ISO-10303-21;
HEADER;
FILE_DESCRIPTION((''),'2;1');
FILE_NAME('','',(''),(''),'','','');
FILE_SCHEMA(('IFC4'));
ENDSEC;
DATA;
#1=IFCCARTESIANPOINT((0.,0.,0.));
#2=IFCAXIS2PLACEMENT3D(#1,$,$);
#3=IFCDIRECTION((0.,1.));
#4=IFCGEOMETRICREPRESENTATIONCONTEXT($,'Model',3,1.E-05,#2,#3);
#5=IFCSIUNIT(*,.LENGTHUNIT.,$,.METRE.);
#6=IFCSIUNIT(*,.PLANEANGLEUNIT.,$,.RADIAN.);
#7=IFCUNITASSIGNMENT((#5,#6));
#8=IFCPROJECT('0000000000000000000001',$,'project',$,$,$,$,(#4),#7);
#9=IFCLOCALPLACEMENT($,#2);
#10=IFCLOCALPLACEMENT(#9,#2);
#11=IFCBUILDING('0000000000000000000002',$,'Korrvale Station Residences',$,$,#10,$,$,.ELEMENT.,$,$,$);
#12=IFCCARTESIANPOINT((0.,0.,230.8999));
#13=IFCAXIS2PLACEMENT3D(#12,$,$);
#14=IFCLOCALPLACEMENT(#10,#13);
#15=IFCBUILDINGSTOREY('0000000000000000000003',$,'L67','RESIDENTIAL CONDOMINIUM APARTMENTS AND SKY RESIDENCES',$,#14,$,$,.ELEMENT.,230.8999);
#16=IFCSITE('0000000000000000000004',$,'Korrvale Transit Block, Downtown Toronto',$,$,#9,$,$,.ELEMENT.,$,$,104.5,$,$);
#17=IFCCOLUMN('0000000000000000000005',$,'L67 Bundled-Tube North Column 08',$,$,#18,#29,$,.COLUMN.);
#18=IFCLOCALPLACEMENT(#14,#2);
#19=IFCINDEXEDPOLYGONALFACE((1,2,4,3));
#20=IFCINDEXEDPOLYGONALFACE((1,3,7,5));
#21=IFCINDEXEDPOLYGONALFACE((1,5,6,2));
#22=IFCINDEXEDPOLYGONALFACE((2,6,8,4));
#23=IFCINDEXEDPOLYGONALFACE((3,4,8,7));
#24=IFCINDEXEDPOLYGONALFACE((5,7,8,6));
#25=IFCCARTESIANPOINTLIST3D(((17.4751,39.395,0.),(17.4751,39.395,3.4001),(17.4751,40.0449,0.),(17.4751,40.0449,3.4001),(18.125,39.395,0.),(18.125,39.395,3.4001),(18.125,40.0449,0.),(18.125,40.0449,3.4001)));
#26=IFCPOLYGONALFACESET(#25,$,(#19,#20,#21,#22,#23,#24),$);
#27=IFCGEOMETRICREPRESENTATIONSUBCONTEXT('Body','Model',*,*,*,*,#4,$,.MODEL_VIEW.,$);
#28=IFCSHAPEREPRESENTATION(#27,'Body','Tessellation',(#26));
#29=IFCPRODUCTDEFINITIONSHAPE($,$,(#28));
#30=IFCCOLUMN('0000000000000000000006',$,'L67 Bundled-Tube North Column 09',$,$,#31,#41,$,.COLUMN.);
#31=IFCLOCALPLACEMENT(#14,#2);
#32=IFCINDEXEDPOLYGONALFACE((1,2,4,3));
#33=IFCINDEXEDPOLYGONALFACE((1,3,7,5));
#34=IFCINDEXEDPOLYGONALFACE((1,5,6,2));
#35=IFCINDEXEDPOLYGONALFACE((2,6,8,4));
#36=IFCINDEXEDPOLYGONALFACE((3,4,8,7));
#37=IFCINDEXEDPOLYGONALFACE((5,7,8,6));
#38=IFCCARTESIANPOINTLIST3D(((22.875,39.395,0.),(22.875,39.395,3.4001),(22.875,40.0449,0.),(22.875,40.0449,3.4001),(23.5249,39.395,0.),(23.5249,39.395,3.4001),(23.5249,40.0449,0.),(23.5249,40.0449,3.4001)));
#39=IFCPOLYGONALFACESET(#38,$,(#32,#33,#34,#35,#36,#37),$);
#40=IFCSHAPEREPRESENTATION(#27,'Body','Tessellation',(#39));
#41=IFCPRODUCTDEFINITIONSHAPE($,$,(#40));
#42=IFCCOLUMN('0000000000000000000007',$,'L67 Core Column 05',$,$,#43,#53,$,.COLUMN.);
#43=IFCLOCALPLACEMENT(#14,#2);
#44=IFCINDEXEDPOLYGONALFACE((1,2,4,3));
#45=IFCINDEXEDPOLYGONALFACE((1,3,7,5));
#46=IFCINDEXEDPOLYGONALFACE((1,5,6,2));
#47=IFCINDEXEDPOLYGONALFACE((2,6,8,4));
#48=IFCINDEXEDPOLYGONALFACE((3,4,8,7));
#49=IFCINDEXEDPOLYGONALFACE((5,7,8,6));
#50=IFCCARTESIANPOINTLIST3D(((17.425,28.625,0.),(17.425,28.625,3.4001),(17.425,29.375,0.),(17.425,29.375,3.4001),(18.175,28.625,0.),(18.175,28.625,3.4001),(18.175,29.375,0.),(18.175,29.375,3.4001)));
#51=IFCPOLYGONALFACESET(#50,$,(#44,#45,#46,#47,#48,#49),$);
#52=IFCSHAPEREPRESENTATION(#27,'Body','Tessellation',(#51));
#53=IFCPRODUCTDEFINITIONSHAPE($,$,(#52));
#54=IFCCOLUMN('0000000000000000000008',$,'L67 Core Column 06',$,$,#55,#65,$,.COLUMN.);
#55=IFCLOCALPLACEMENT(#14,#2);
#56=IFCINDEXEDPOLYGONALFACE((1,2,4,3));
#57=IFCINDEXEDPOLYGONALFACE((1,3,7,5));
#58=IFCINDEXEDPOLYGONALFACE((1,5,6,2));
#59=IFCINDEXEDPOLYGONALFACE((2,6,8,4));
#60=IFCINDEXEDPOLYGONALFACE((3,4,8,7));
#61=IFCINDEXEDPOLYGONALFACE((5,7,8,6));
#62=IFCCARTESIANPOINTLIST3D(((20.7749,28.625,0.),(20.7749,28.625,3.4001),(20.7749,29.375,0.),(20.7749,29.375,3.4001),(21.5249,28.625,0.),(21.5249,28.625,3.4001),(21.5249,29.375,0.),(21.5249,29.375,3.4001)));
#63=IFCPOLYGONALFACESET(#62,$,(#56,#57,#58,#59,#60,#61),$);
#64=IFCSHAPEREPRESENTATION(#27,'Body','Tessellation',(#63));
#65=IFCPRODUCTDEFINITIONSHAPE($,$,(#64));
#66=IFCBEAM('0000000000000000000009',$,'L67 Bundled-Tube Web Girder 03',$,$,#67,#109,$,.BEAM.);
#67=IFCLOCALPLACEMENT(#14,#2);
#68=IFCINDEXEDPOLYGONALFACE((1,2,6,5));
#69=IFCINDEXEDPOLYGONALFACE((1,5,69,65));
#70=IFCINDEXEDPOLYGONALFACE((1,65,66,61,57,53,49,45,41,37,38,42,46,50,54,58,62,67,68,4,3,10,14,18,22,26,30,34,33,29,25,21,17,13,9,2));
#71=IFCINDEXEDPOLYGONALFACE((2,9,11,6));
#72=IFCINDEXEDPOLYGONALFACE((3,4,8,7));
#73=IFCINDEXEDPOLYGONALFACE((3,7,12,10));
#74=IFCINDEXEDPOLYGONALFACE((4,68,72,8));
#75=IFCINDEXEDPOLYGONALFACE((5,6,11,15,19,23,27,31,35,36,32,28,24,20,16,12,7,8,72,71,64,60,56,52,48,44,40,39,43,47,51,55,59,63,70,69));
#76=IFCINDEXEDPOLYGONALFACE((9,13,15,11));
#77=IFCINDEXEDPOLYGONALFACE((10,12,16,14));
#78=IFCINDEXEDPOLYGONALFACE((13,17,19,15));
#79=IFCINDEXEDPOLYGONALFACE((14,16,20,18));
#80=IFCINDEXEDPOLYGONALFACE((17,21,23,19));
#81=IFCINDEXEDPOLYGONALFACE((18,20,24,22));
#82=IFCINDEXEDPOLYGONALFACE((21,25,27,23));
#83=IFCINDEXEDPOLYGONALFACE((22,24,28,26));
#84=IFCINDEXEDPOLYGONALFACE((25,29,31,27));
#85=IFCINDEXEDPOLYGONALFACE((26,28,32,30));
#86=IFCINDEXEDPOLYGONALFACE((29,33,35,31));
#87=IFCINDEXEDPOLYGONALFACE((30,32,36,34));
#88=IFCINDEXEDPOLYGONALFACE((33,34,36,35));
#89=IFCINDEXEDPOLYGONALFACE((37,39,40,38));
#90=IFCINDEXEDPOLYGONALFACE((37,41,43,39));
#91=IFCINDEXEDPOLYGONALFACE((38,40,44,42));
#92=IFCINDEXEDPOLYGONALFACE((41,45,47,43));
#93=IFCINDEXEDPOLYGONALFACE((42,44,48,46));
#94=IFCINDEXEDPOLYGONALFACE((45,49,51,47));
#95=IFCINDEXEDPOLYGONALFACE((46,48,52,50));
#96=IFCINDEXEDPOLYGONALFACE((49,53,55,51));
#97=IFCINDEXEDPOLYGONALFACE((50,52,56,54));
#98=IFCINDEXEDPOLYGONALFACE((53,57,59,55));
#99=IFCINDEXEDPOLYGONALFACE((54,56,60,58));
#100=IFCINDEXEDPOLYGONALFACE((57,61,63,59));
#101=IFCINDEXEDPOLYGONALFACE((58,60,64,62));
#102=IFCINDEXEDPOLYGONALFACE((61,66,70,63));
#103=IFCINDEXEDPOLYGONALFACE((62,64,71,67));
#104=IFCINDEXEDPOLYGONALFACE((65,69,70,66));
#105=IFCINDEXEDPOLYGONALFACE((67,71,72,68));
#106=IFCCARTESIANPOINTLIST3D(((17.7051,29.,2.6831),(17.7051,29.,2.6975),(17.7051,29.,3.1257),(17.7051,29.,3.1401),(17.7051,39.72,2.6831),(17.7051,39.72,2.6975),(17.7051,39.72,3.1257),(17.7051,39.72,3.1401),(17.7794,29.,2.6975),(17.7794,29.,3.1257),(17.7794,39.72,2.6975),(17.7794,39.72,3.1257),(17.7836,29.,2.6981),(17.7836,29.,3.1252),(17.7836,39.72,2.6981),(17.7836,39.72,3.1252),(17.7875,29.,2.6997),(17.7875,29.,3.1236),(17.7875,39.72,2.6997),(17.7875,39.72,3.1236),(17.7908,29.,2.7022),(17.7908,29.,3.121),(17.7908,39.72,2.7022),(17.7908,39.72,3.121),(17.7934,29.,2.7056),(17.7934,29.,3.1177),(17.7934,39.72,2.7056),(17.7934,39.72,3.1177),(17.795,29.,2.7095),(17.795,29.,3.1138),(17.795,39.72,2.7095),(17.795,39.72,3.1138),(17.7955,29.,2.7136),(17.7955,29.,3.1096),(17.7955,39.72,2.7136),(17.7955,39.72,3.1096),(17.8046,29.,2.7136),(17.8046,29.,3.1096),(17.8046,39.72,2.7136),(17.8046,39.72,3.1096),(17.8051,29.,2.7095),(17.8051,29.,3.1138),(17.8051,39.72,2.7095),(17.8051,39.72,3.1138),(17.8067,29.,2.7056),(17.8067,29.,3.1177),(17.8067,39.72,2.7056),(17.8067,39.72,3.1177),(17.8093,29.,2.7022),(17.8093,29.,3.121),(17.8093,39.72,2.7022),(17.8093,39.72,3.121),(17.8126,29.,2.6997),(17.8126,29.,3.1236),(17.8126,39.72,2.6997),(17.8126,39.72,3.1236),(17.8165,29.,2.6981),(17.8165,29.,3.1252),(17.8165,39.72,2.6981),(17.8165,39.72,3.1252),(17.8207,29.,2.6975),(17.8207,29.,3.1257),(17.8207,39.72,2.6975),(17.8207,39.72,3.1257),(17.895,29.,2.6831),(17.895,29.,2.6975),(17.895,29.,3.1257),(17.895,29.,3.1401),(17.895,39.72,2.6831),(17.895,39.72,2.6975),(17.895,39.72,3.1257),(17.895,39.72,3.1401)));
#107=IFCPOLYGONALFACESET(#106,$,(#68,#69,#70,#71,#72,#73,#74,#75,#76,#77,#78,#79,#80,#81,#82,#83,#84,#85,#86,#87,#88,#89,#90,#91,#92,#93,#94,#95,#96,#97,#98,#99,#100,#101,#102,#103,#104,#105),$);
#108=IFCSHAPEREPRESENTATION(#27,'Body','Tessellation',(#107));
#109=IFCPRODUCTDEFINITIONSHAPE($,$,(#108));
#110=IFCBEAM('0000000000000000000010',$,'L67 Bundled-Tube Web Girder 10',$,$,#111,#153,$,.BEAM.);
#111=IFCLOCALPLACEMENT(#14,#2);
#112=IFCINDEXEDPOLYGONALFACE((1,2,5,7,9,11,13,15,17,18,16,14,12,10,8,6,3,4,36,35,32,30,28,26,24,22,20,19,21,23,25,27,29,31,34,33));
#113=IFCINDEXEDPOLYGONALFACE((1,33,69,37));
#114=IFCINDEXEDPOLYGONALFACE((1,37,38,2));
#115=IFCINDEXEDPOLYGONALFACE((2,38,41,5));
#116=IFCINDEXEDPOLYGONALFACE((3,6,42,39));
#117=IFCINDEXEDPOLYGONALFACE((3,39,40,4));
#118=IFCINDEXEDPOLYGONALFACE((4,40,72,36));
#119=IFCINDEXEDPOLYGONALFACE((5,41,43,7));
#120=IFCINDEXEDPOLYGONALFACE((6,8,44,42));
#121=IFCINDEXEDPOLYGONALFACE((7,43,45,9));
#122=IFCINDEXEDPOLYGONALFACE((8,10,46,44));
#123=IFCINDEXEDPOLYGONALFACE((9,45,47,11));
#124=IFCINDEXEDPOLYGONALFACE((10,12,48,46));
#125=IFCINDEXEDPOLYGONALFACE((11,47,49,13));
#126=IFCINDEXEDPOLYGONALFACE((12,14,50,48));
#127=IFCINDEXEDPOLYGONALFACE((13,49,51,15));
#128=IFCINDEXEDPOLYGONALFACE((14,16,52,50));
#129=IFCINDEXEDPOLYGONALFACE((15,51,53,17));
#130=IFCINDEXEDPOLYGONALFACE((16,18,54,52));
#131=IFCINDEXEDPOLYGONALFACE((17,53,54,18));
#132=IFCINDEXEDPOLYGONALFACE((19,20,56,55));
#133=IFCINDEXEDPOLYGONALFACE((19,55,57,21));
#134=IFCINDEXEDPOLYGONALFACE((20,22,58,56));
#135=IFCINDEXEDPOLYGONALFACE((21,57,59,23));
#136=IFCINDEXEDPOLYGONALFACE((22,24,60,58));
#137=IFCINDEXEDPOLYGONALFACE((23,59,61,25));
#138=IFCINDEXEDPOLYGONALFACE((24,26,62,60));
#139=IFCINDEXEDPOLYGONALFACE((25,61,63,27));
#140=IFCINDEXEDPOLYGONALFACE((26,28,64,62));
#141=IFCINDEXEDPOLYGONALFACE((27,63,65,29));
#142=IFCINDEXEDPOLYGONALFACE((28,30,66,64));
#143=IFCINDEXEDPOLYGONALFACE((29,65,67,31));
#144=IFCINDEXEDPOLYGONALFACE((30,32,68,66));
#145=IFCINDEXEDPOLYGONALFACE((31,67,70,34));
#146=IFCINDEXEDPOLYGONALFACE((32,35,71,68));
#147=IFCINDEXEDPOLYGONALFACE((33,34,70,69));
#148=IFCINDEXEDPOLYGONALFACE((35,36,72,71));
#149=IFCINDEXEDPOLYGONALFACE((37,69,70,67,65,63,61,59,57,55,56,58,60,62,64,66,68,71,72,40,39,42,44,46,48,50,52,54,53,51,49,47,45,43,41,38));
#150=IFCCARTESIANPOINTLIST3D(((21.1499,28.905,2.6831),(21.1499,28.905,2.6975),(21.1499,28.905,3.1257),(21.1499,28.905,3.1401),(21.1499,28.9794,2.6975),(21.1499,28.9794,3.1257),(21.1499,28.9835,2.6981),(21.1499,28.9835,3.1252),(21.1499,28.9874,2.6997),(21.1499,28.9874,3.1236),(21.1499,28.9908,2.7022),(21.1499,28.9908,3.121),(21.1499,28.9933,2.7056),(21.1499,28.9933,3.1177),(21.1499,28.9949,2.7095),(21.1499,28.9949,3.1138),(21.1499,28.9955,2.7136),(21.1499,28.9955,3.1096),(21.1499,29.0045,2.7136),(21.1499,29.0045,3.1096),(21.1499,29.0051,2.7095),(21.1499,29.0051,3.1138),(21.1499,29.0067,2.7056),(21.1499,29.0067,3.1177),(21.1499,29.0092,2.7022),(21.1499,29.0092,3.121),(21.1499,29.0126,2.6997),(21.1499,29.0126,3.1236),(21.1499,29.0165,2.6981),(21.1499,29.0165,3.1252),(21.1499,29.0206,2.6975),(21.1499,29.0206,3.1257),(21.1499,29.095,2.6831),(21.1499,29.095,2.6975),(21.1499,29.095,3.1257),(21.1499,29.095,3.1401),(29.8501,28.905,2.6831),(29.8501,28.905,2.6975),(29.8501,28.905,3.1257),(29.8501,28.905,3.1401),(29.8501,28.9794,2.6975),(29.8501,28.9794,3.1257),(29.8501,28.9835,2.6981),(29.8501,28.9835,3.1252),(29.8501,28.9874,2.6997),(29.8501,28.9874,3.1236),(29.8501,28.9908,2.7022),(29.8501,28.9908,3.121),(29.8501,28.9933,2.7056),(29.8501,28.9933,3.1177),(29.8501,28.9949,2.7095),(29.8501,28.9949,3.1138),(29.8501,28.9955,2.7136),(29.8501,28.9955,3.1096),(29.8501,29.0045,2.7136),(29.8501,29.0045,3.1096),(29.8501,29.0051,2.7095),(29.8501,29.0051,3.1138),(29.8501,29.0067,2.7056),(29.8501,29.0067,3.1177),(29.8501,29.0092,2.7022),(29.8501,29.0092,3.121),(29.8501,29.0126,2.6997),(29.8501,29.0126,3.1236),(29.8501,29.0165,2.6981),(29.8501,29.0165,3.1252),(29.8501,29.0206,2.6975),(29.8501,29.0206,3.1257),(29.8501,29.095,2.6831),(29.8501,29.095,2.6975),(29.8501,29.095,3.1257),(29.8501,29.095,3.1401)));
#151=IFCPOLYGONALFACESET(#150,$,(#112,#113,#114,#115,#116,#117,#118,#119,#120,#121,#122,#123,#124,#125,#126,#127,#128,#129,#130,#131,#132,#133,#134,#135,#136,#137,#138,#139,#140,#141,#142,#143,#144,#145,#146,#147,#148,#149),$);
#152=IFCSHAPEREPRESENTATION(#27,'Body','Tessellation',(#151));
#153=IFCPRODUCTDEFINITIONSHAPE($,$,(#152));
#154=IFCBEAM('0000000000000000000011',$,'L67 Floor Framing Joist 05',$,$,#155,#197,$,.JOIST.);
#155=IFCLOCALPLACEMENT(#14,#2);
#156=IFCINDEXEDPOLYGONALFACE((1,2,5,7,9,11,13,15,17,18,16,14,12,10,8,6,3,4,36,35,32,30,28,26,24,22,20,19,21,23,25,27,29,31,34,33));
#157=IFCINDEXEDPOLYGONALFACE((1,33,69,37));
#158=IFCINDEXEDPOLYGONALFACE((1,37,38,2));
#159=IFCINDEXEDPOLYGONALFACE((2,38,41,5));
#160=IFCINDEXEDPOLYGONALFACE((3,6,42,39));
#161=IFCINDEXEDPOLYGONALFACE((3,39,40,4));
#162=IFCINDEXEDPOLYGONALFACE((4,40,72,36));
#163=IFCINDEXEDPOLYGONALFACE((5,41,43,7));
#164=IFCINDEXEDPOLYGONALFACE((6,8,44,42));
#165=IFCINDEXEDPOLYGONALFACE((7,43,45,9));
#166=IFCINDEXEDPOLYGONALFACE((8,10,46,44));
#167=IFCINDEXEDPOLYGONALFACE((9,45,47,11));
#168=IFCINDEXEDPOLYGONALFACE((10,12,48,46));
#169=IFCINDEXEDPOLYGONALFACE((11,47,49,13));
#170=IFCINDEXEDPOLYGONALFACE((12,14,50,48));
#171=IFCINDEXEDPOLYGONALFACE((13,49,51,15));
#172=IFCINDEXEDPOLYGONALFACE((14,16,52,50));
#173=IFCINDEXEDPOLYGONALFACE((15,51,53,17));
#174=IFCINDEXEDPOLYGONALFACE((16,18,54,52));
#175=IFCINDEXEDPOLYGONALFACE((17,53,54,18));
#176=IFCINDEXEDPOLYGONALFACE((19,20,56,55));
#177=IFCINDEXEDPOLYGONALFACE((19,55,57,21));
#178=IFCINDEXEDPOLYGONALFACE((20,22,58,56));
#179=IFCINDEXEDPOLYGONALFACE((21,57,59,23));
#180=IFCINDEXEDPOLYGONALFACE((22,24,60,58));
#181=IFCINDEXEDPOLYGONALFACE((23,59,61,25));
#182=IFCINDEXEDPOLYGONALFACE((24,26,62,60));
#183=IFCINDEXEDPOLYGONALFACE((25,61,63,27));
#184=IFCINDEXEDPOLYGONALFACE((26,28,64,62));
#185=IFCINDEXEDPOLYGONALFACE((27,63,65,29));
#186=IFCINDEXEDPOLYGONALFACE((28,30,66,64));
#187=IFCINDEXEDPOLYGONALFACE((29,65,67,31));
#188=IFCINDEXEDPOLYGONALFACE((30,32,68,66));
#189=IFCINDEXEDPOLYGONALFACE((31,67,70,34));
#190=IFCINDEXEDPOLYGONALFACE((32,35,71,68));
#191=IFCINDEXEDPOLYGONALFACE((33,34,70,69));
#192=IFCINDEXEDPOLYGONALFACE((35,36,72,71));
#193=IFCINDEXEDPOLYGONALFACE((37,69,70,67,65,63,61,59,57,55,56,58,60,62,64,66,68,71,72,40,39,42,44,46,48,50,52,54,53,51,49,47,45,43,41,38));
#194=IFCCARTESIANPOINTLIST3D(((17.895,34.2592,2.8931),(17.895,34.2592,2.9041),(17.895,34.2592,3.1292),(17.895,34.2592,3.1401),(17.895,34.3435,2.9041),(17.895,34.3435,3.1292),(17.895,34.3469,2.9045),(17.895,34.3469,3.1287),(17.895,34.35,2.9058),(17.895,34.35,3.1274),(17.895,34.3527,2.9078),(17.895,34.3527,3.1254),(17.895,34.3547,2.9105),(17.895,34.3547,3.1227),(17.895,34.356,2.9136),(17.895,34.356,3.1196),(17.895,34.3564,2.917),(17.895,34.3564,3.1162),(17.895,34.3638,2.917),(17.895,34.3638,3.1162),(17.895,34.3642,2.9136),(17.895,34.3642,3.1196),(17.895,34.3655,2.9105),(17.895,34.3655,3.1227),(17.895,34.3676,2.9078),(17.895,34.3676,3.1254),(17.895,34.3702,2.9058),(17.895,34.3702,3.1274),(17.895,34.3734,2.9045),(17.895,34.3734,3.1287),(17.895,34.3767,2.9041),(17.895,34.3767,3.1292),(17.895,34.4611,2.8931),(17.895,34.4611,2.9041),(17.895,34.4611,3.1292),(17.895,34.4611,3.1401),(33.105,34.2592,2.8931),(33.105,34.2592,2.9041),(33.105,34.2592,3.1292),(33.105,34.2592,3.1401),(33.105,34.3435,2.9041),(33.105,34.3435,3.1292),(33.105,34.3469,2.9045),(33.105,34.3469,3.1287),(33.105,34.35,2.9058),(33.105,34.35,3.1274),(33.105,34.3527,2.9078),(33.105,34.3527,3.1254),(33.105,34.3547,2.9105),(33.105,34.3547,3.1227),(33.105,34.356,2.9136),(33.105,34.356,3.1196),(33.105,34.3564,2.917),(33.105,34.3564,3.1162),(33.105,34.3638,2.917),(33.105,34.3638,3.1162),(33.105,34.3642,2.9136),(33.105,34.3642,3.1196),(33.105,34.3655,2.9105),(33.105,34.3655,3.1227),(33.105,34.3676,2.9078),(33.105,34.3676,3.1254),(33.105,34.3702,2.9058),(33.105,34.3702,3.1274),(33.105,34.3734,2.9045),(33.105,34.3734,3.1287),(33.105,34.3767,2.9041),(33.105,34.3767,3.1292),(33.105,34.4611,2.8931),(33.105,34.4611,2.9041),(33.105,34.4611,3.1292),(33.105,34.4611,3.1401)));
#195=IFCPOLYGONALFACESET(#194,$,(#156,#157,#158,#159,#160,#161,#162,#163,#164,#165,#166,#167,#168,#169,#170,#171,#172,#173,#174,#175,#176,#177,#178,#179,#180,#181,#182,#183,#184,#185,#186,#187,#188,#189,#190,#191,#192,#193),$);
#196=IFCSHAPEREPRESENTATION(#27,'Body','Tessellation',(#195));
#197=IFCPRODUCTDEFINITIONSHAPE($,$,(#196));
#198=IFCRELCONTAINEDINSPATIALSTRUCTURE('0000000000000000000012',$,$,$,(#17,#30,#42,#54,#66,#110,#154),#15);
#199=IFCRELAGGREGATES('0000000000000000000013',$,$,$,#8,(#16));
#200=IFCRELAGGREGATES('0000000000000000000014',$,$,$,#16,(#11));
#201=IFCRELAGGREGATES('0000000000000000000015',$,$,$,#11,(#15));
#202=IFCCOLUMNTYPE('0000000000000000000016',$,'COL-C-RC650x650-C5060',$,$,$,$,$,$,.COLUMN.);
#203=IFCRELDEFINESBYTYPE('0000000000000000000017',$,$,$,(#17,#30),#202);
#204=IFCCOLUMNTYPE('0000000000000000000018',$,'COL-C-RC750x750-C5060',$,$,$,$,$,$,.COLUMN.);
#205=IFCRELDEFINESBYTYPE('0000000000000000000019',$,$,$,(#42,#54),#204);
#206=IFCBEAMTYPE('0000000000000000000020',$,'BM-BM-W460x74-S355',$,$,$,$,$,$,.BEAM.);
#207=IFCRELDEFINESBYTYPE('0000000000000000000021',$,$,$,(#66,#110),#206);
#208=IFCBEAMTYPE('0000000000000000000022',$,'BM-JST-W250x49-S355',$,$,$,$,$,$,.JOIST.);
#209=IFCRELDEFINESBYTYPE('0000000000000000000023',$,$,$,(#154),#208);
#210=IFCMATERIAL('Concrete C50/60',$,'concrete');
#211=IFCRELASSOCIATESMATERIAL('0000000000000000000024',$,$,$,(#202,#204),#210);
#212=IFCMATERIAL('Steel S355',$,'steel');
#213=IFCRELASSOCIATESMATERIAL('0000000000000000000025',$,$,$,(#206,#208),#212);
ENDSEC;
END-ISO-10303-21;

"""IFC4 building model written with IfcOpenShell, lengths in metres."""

from ifc_helpers import new_model, si_unit, direction, frame, origin, origin_2d, place, context, subcontext, project, spatial, rectangle, i_section, extrude, material, material_profile, profile_set, type_object, element, save


model = new_model("IFC4")

# Units and contexts
model_context = context("Model", 3, precision=1e-05, world=origin(), true_north=direction((0.0, 1.0)))
body_context = subcontext(model_context, "Body", "Model", "MODEL_VIEW")
ifc_project = project(units=[si_unit("LENGTHUNIT", "METRE"), si_unit("PLANEANGLEUNIT", "RADIAN")], contexts=[model_context])

# Site, building, storey
site_placement = place(None, origin())
site = spatial("IfcSite", under=ifc_project, at=site_placement, Name="Korrvale Transit Block, Downtown Toronto", CompositionType="ELEMENT", RefElevation=104.5)
building_placement = place(site_placement, origin())
building = spatial("IfcBuilding", under=site, at=building_placement, Name="Korrvale Station Residences", CompositionType="ELEMENT")
storey_placement = place(building_placement, frame((0.0, 0.0, 230.8999)))
storey = spatial("IfcBuildingStorey", under=building, at=storey_placement, Name="L67", Description="RESIDENTIAL CONDOMINIUM APARTMENTS AND SKY RESIDENCES", CompositionType="ELEMENT", Elevation=230.8999)

# Columns
ifc_material_1 = material(Name="Concrete C50/60", Category="concrete")
ifc_material_profile_1 = material_profile(ifc_material_1, rectangle(XDim=0.6499, YDim=0.6499, at=origin_2d()), Name="RC650x650")
ifc_profile_set_1 = profile_set([ifc_material_profile_1], Name="Concrete C50/60")
column_type_1 = type_object("IfcColumnType", Name="COL-C-RC650x650-C5060", PredefinedType="COLUMN", material=ifc_profile_set_1)
for number, where, z_axis, x_axis, name in (
    (1, (17.8, 39.72, 0.0), (0.0, 0.0, 1.0), (1.0, 0.0, 0.0), "L67 Bundled-Tube North Column 08"),
    (2, (23.2, 39.72, 0.0), (0.0, 0.0, 1.0), (1.0, 0.0, 0.0), "L67 Bundled-Tube North Column 09"),
):
    element("IfcColumn", number, at=place(storey_placement, frame(where, z_axis=z_axis, x_axis=x_axis)), inside=storey, type_object=column_type_1, Name=name, PredefinedType="COLUMN", context=body_context, shape_type="SweptSolid", body=[
        extrude(rectangle(XDim=0.6499, YDim=0.6499, at=origin_2d()), origin(), (0.0, 0.0, 1.0), 3.4001),
    ])
ifc_material_profile_2 = material_profile(ifc_material_1, rectangle(XDim=0.75, YDim=0.75, at=origin_2d()), Name="RC750x750")
ifc_profile_set_2 = profile_set([ifc_material_profile_2], Name="Concrete C50/60")
column_type_2 = type_object("IfcColumnType", Name="COL-C-RC750x750-C5060", PredefinedType="COLUMN", material=ifc_profile_set_2)
for number, where, z_axis, x_axis, name in (
    (3, (17.8, 29.0, 0.0), (0.0, 0.0, 1.0), (1.0, 0.0, 0.0), "L67 Core Column 05"),
    (4, (21.1499, 29.0, 0.0), (0.0, 0.0, 1.0), (1.0, 0.0, 0.0), "L67 Core Column 06"),
):
    element("IfcColumn", number, at=place(storey_placement, frame(where, z_axis=z_axis, x_axis=x_axis)), inside=storey, type_object=column_type_2, Name=name, PredefinedType="COLUMN", context=body_context, shape_type="SweptSolid", body=[
        extrude(rectangle(XDim=0.75, YDim=0.75, at=origin_2d()), origin(), (0.0, 0.0, 1.0), 3.4001),
    ])

# Beams
ifc_material_2 = material(Name="Steel S355", Category="steel")
ifc_material_profile_3 = material_profile(ifc_material_2, i_section(OverallWidth=0.1899, OverallDepth=0.457, WebThickness=0.009, FlangeThickness=0.0144, FilletRadius=0.0161, at=origin_2d()), Name="W460x74")
ifc_profile_set_3 = profile_set([ifc_material_profile_3], Name="Steel S355")
beam_type_1 = type_object("IfcBeamType", Name="BM-BM-W460x74-S355", PredefinedType="BEAM", material=ifc_profile_set_3)
beam_1_placement = place(storey_placement, frame((17.8, 29.0, 2.9116), z_axis=(0.0, 1.0, 0.0), x_axis=(-1.0, 0.0, 0.0)))
element("IfcBeam", 5, at=beam_1_placement, inside=storey, type_object=beam_type_1, Name="L67 Bundled-Tube Web Girder 03", PredefinedType="BEAM", context=body_context, shape_type="SweptSolid", body=[
    extrude(i_section(OverallWidth=0.1899, OverallDepth=0.457, WebThickness=0.009, FlangeThickness=0.0144, FilletRadius=0.0161, at=origin_2d()), origin(), (0.0, 0.0, 1.0), 10.72),
])
beam_2_placement = place(storey_placement, frame((21.1499, 29.0, 2.9116), z_axis=(1.0, 0.0, 0.0), x_axis=(0.0, 1.0, 0.0)))
element("IfcBeam", 6, at=beam_2_placement, inside=storey, type_object=beam_type_1, Name="L67 Bundled-Tube Web Girder 10", PredefinedType="BEAM", context=body_context, shape_type="SweptSolid", body=[
    extrude(i_section(OverallWidth=0.1899, OverallDepth=0.457, WebThickness=0.009, FlangeThickness=0.0144, FilletRadius=0.0161, at=origin_2d()), origin(), (0.0, 0.0, 1.0), 8.7002),
])
ifc_material_profile_4 = material_profile(ifc_material_2, i_section(OverallWidth=0.2019, OverallDepth=0.2471, WebThickness=0.0073, FlangeThickness=0.011, FilletRadius=0.0129, at=origin_2d()), Name="W250x49")
ifc_profile_set_4 = profile_set([ifc_material_profile_4], Name="Steel S355")
beam_type_2 = type_object("IfcBeamType", Name="BM-JST-W250x49-S355", PredefinedType="JOIST", material=ifc_profile_set_4)
beam_3_placement = place(storey_placement, frame((17.895, 34.3601, 3.0166), z_axis=(1.0, 0.0, 0.0), x_axis=(0.0, 1.0, 0.0)))
element("IfcBeam", 7, at=beam_3_placement, inside=storey, type_object=beam_type_2, Name="L67 Floor Framing Joist 05", PredefinedType="JOIST", context=body_context, shape_type="SweptSolid", body=[
    extrude(i_section(OverallWidth=0.2019, OverallDepth=0.2471, WebThickness=0.0073, FlangeThickness=0.011, FilletRadius=0.0129, at=origin_2d()), origin(), (0.0, 0.0, 1.0), 15.21),
])

save(model, "model.ifc")
